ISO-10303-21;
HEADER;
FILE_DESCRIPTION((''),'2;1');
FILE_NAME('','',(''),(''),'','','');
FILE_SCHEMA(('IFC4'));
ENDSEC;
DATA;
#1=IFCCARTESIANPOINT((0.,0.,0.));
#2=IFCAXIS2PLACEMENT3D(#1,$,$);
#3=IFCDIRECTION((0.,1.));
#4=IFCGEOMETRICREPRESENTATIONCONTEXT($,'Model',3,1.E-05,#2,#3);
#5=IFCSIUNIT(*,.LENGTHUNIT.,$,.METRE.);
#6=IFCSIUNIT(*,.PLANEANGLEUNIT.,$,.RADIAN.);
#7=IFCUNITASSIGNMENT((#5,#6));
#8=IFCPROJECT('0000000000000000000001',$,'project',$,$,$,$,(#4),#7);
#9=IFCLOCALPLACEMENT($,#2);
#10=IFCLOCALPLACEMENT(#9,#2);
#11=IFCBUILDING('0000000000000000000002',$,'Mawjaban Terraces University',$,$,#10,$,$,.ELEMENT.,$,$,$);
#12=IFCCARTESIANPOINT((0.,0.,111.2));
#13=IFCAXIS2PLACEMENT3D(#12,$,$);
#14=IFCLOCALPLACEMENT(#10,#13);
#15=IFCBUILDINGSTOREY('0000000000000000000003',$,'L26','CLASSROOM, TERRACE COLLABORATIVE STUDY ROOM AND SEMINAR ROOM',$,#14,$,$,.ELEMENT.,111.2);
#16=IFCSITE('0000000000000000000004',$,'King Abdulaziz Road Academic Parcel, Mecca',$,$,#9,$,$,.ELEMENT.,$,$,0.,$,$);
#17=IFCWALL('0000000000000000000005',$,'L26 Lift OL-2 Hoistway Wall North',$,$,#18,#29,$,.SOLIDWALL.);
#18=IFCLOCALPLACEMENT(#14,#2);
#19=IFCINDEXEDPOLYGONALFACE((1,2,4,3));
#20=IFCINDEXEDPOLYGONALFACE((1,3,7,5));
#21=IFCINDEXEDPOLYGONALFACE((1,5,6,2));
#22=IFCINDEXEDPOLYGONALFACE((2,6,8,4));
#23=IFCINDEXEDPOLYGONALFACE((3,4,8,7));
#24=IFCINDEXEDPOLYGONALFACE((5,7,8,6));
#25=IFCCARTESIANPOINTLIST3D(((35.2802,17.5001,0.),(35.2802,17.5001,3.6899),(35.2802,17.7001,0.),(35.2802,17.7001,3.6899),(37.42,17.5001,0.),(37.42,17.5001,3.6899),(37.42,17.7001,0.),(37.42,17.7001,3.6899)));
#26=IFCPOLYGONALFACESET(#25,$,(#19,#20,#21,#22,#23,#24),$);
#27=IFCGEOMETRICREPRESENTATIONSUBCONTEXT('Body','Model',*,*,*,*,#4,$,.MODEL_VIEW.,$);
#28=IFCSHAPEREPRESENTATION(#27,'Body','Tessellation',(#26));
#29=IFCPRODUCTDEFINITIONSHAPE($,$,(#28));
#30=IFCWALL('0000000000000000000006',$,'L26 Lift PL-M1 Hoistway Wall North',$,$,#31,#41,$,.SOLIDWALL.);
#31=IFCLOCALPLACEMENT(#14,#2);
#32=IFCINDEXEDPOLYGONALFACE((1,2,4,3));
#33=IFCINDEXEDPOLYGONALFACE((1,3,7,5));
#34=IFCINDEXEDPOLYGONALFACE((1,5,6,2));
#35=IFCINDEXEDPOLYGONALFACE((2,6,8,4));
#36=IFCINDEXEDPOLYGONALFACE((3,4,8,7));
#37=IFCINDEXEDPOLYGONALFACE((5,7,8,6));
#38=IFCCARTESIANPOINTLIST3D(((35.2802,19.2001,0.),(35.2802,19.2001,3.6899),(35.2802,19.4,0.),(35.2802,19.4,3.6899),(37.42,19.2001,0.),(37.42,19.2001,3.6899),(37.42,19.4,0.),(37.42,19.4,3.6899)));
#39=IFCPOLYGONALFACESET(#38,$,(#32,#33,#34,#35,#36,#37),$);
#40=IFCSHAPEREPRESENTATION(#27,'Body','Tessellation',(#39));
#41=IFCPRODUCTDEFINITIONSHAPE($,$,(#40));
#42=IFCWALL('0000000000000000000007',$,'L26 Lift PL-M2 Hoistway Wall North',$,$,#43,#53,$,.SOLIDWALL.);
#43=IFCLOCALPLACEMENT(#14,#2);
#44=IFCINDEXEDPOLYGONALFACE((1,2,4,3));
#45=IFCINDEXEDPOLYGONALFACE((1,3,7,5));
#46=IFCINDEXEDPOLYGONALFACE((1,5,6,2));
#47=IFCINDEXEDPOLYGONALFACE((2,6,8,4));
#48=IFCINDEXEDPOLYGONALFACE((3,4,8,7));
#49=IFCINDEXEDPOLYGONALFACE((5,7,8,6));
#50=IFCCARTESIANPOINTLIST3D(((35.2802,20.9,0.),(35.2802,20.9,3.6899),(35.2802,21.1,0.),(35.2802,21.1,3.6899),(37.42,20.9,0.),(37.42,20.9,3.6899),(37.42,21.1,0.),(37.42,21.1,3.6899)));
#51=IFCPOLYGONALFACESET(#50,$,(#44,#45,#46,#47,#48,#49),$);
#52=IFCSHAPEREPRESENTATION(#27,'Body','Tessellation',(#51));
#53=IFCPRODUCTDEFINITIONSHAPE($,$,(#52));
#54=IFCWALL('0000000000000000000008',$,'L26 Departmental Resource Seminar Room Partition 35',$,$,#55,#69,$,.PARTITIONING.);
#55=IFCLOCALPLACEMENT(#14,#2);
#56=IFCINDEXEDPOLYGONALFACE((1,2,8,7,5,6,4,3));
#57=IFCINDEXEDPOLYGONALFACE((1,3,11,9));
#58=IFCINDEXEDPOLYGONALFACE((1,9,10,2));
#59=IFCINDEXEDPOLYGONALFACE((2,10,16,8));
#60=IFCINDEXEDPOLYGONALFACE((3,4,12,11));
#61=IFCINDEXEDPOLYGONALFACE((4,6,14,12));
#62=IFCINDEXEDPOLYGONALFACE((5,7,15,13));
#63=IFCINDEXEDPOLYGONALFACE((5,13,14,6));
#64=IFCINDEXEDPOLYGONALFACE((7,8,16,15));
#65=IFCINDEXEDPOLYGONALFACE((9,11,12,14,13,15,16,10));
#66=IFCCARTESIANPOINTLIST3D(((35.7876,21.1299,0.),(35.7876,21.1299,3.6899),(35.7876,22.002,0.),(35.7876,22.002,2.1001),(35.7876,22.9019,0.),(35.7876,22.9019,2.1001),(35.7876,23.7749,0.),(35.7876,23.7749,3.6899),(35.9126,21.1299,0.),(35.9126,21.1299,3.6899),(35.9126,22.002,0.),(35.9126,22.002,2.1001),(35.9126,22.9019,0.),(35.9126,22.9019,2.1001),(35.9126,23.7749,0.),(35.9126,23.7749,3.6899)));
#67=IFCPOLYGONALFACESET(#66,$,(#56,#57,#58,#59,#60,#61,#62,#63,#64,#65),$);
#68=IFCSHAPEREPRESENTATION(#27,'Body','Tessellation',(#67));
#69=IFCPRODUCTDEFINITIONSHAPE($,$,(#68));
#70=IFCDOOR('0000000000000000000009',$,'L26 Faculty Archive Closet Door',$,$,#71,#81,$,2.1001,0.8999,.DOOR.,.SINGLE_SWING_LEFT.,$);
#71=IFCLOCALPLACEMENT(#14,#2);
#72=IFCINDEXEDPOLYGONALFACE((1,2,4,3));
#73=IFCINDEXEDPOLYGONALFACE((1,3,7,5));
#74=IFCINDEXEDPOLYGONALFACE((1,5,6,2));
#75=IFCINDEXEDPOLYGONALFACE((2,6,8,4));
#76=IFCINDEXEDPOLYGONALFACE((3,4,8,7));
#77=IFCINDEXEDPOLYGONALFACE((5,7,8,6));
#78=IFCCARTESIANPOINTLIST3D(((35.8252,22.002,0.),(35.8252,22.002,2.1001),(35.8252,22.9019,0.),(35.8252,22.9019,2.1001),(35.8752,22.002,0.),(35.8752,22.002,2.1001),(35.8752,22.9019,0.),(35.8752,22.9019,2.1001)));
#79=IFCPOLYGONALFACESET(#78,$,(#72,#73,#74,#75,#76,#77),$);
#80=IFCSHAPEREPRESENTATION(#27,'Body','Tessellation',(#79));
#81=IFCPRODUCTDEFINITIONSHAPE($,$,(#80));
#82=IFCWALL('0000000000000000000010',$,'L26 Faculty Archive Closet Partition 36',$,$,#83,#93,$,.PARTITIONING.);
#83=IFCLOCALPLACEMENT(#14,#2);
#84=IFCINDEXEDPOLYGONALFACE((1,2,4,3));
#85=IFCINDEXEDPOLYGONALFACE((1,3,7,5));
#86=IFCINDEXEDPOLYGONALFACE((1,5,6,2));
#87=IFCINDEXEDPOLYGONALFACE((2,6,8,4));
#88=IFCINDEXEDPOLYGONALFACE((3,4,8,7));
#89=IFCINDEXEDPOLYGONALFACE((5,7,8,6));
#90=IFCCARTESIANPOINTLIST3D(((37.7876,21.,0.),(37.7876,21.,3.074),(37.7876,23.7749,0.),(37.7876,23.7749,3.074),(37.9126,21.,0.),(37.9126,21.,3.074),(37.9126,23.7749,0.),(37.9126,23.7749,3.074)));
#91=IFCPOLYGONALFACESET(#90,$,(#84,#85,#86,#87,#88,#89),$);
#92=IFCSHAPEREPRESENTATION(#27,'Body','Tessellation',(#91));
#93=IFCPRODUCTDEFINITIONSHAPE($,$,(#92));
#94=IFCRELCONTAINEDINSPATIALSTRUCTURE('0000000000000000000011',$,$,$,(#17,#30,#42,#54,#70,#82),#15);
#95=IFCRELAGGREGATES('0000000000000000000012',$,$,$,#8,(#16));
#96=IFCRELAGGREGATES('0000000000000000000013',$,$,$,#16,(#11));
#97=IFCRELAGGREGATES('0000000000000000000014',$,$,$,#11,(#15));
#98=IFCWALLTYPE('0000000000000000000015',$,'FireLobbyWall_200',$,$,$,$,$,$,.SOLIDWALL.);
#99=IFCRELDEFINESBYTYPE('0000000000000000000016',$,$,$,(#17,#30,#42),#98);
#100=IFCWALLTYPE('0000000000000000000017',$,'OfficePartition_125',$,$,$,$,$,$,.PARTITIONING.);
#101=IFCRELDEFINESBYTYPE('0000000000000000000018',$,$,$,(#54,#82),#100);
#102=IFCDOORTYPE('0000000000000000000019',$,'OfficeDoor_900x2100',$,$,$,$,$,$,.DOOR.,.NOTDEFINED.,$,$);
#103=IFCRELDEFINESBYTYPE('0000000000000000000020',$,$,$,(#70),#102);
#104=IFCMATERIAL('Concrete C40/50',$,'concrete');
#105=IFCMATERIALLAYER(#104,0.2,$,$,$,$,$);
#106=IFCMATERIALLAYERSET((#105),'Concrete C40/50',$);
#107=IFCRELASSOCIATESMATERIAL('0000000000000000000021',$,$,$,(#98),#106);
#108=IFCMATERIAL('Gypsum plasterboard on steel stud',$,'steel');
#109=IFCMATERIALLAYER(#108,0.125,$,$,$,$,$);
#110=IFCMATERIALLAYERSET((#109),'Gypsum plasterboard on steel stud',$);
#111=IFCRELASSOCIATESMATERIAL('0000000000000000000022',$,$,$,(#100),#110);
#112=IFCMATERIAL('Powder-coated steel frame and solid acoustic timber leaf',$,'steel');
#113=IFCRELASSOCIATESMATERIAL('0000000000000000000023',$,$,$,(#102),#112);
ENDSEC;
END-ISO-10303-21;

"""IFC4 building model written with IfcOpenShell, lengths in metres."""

from ifc_helpers import new_model, si_unit, direction, frame, frame_2d, origin, place, context, subcontext, project, spatial, rectangle, extrude, material, layer, layer_set, type_object, element, fill, save


model = new_model("IFC4")

# Units and contexts
model_context = context("Model", 3, precision=1e-05, world=origin(), true_north=direction((0.0, 1.0)))
body_context = subcontext(model_context, "Body", "Model", "MODEL_VIEW")
ifc_project = project(units=[si_unit("LENGTHUNIT", "METRE"), si_unit("PLANEANGLEUNIT", "RADIAN")], contexts=[model_context])

# Site, building, storey
site_placement = place(None, origin())
site = spatial("IfcSite", under=ifc_project, at=site_placement, Name="King Abdulaziz Road Academic Parcel, Mecca", CompositionType="ELEMENT", RefElevation=0.0)
building_placement = place(site_placement, origin())
building = spatial("IfcBuilding", under=site, at=building_placement, Name="Mawjaban Terraces University", CompositionType="ELEMENT")
storey_placement = place(building_placement, frame((0.0, 0.0, 111.2)))
storey = spatial("IfcBuildingStorey", under=building, at=storey_placement, Name="L26", Description="CLASSROOM, TERRACE COLLABORATIVE STUDY ROOM AND SEMINAR ROOM", CompositionType="ELEMENT", Elevation=111.2)

# Walls
ifc_material_1 = material(Name="Concrete C40/50", Category="concrete")
ifc_layer_1 = layer(ifc_material_1, 0.2)
ifc_layer_set_1 = layer_set([ifc_layer_1], Name="Concrete C40/50")
wall_type_1 = type_object("IfcWallType", Name="FireLobbyWall_200", PredefinedType="SOLIDWALL", material=ifc_layer_set_1)
for number, where, z_axis, x_axis, name in (
    (1, (37.4199, 17.6001, 0.0), (0.0, 0.0, 1.0), (-1.0, 0.0, 0.0), "L26 Lift OL-2 Hoistway Wall North"),
    (2, (37.4199, 19.3, 0.0), (0.0, 0.0, 1.0), (-1.0, 0.0, 0.0), "L26 Lift PL-M1 Hoistway Wall North"),
    (3, (37.4199, 21.0, 0.0), (0.0, 0.0, 1.0), (-1.0, 0.0, 0.0), "L26 Lift PL-M2 Hoistway Wall North"),
):
    element("IfcWall", number, at=place(storey_placement, frame(where, z_axis=z_axis, x_axis=x_axis)), inside=storey, type_object=wall_type_1, Name=name, PredefinedType="SOLIDWALL", context=body_context, shape_type="SweptSolid", body=[
        extrude(rectangle(XDim=2.1399, YDim=0.2, at=frame_2d((1.0698, 0.0))), origin(), (0.0, 0.0, 1.0), 3.6899),
    ])

# Wall, opening, door
ifc_material_2 = material(Name="Gypsum plasterboard on steel stud", Category="steel")
ifc_layer_2 = layer(ifc_material_2, 0.125)
ifc_layer_set_2 = layer_set([ifc_layer_2], Name="Gypsum plasterboard on steel stud")
wall_type_2 = type_object("IfcWallType", Name="OfficePartition_125", PredefinedType="PARTITIONING", material=ifc_layer_set_2)
wall_1_placement = place(storey_placement, frame((35.8501, 21.1299, 0.0), z_axis=(0.0, 0.0, 1.0), x_axis=(0.0, 1.0, 0.0)))
wall_1 = element("IfcWall", 4, at=wall_1_placement, inside=storey, type_object=wall_type_2, Name="L26 Departmental Resource Seminar Room Partition 35", PredefinedType="PARTITIONING", context=body_context, shape_type="SweptSolid", body=[
    extrude(rectangle(XDim=2.645, YDim=0.125, at=frame_2d((1.3225, 0.0))), origin(), (0.0, 0.0, 1.0), 3.6899),
])
opening_placement = place(wall_1_placement, frame((0.8721, 0.0, 0.0)))
opening = element("IfcOpeningElement", 5, at=opening_placement, cuts=wall_1, PredefinedType="OPENING", context=body_context, shape_type="SweptSolid", body=[
    extrude(rectangle(XDim=0.8999, YDim=2.1001, at=frame_2d((0.45, 1.05))), frame((0.0, 0.0725, 0.0), z_axis=(0.0, -1.0, 0.0), x_axis=(1.0, 0.0, 0.0)), (0.0, 0.0, 1.0), 0.145),
])
ifc_material_3 = material(Name="Powder-coated steel frame and solid acoustic timber leaf", Category="steel")
door_type = type_object("IfcDoorType", Name="OfficeDoor_900x2100", OperationType="NOTDEFINED", PredefinedType="DOOR", material=ifc_material_3)
door_placement = place(opening_placement, origin())
door = element("IfcDoor", 6, at=door_placement, inside=storey, type_object=door_type, Name="L26 Faculty Archive Closet Door", OperationType="SINGLE_SWING_LEFT", OverallHeight=2.1001, OverallWidth=0.8999, PredefinedType="DOOR", context=body_context, shape_type="SweptSolid", body=[
    extrude(rectangle(XDim=0.8999, YDim=2.1001, at=frame_2d((0.45, 1.05))), frame((0.0, 0.0249, 0.0), z_axis=(0.0, -1.0, 0.0), x_axis=(1.0, 0.0, 0.0)), (0.0, 0.0, 1.0), 0.05),
])
fill(opening, door)

# Wall
wall_2_placement = place(storey_placement, frame((37.8501, 21.0, 0.0), z_axis=(0.0, 0.0, 1.0), x_axis=(0.0, 1.0, 0.0)))
element("IfcWall", 7, at=wall_2_placement, inside=storey, type_object=wall_type_2, Name="L26 Faculty Archive Closet Partition 36", PredefinedType="PARTITIONING", context=body_context, shape_type="SweptSolid", body=[
    extrude(rectangle(XDim=2.7749, YDim=0.125, at=frame_2d((1.3875, 0.0))), origin(), (0.0, 0.0, 1.0), 3.074),
])

save(model, "model.ifc")
